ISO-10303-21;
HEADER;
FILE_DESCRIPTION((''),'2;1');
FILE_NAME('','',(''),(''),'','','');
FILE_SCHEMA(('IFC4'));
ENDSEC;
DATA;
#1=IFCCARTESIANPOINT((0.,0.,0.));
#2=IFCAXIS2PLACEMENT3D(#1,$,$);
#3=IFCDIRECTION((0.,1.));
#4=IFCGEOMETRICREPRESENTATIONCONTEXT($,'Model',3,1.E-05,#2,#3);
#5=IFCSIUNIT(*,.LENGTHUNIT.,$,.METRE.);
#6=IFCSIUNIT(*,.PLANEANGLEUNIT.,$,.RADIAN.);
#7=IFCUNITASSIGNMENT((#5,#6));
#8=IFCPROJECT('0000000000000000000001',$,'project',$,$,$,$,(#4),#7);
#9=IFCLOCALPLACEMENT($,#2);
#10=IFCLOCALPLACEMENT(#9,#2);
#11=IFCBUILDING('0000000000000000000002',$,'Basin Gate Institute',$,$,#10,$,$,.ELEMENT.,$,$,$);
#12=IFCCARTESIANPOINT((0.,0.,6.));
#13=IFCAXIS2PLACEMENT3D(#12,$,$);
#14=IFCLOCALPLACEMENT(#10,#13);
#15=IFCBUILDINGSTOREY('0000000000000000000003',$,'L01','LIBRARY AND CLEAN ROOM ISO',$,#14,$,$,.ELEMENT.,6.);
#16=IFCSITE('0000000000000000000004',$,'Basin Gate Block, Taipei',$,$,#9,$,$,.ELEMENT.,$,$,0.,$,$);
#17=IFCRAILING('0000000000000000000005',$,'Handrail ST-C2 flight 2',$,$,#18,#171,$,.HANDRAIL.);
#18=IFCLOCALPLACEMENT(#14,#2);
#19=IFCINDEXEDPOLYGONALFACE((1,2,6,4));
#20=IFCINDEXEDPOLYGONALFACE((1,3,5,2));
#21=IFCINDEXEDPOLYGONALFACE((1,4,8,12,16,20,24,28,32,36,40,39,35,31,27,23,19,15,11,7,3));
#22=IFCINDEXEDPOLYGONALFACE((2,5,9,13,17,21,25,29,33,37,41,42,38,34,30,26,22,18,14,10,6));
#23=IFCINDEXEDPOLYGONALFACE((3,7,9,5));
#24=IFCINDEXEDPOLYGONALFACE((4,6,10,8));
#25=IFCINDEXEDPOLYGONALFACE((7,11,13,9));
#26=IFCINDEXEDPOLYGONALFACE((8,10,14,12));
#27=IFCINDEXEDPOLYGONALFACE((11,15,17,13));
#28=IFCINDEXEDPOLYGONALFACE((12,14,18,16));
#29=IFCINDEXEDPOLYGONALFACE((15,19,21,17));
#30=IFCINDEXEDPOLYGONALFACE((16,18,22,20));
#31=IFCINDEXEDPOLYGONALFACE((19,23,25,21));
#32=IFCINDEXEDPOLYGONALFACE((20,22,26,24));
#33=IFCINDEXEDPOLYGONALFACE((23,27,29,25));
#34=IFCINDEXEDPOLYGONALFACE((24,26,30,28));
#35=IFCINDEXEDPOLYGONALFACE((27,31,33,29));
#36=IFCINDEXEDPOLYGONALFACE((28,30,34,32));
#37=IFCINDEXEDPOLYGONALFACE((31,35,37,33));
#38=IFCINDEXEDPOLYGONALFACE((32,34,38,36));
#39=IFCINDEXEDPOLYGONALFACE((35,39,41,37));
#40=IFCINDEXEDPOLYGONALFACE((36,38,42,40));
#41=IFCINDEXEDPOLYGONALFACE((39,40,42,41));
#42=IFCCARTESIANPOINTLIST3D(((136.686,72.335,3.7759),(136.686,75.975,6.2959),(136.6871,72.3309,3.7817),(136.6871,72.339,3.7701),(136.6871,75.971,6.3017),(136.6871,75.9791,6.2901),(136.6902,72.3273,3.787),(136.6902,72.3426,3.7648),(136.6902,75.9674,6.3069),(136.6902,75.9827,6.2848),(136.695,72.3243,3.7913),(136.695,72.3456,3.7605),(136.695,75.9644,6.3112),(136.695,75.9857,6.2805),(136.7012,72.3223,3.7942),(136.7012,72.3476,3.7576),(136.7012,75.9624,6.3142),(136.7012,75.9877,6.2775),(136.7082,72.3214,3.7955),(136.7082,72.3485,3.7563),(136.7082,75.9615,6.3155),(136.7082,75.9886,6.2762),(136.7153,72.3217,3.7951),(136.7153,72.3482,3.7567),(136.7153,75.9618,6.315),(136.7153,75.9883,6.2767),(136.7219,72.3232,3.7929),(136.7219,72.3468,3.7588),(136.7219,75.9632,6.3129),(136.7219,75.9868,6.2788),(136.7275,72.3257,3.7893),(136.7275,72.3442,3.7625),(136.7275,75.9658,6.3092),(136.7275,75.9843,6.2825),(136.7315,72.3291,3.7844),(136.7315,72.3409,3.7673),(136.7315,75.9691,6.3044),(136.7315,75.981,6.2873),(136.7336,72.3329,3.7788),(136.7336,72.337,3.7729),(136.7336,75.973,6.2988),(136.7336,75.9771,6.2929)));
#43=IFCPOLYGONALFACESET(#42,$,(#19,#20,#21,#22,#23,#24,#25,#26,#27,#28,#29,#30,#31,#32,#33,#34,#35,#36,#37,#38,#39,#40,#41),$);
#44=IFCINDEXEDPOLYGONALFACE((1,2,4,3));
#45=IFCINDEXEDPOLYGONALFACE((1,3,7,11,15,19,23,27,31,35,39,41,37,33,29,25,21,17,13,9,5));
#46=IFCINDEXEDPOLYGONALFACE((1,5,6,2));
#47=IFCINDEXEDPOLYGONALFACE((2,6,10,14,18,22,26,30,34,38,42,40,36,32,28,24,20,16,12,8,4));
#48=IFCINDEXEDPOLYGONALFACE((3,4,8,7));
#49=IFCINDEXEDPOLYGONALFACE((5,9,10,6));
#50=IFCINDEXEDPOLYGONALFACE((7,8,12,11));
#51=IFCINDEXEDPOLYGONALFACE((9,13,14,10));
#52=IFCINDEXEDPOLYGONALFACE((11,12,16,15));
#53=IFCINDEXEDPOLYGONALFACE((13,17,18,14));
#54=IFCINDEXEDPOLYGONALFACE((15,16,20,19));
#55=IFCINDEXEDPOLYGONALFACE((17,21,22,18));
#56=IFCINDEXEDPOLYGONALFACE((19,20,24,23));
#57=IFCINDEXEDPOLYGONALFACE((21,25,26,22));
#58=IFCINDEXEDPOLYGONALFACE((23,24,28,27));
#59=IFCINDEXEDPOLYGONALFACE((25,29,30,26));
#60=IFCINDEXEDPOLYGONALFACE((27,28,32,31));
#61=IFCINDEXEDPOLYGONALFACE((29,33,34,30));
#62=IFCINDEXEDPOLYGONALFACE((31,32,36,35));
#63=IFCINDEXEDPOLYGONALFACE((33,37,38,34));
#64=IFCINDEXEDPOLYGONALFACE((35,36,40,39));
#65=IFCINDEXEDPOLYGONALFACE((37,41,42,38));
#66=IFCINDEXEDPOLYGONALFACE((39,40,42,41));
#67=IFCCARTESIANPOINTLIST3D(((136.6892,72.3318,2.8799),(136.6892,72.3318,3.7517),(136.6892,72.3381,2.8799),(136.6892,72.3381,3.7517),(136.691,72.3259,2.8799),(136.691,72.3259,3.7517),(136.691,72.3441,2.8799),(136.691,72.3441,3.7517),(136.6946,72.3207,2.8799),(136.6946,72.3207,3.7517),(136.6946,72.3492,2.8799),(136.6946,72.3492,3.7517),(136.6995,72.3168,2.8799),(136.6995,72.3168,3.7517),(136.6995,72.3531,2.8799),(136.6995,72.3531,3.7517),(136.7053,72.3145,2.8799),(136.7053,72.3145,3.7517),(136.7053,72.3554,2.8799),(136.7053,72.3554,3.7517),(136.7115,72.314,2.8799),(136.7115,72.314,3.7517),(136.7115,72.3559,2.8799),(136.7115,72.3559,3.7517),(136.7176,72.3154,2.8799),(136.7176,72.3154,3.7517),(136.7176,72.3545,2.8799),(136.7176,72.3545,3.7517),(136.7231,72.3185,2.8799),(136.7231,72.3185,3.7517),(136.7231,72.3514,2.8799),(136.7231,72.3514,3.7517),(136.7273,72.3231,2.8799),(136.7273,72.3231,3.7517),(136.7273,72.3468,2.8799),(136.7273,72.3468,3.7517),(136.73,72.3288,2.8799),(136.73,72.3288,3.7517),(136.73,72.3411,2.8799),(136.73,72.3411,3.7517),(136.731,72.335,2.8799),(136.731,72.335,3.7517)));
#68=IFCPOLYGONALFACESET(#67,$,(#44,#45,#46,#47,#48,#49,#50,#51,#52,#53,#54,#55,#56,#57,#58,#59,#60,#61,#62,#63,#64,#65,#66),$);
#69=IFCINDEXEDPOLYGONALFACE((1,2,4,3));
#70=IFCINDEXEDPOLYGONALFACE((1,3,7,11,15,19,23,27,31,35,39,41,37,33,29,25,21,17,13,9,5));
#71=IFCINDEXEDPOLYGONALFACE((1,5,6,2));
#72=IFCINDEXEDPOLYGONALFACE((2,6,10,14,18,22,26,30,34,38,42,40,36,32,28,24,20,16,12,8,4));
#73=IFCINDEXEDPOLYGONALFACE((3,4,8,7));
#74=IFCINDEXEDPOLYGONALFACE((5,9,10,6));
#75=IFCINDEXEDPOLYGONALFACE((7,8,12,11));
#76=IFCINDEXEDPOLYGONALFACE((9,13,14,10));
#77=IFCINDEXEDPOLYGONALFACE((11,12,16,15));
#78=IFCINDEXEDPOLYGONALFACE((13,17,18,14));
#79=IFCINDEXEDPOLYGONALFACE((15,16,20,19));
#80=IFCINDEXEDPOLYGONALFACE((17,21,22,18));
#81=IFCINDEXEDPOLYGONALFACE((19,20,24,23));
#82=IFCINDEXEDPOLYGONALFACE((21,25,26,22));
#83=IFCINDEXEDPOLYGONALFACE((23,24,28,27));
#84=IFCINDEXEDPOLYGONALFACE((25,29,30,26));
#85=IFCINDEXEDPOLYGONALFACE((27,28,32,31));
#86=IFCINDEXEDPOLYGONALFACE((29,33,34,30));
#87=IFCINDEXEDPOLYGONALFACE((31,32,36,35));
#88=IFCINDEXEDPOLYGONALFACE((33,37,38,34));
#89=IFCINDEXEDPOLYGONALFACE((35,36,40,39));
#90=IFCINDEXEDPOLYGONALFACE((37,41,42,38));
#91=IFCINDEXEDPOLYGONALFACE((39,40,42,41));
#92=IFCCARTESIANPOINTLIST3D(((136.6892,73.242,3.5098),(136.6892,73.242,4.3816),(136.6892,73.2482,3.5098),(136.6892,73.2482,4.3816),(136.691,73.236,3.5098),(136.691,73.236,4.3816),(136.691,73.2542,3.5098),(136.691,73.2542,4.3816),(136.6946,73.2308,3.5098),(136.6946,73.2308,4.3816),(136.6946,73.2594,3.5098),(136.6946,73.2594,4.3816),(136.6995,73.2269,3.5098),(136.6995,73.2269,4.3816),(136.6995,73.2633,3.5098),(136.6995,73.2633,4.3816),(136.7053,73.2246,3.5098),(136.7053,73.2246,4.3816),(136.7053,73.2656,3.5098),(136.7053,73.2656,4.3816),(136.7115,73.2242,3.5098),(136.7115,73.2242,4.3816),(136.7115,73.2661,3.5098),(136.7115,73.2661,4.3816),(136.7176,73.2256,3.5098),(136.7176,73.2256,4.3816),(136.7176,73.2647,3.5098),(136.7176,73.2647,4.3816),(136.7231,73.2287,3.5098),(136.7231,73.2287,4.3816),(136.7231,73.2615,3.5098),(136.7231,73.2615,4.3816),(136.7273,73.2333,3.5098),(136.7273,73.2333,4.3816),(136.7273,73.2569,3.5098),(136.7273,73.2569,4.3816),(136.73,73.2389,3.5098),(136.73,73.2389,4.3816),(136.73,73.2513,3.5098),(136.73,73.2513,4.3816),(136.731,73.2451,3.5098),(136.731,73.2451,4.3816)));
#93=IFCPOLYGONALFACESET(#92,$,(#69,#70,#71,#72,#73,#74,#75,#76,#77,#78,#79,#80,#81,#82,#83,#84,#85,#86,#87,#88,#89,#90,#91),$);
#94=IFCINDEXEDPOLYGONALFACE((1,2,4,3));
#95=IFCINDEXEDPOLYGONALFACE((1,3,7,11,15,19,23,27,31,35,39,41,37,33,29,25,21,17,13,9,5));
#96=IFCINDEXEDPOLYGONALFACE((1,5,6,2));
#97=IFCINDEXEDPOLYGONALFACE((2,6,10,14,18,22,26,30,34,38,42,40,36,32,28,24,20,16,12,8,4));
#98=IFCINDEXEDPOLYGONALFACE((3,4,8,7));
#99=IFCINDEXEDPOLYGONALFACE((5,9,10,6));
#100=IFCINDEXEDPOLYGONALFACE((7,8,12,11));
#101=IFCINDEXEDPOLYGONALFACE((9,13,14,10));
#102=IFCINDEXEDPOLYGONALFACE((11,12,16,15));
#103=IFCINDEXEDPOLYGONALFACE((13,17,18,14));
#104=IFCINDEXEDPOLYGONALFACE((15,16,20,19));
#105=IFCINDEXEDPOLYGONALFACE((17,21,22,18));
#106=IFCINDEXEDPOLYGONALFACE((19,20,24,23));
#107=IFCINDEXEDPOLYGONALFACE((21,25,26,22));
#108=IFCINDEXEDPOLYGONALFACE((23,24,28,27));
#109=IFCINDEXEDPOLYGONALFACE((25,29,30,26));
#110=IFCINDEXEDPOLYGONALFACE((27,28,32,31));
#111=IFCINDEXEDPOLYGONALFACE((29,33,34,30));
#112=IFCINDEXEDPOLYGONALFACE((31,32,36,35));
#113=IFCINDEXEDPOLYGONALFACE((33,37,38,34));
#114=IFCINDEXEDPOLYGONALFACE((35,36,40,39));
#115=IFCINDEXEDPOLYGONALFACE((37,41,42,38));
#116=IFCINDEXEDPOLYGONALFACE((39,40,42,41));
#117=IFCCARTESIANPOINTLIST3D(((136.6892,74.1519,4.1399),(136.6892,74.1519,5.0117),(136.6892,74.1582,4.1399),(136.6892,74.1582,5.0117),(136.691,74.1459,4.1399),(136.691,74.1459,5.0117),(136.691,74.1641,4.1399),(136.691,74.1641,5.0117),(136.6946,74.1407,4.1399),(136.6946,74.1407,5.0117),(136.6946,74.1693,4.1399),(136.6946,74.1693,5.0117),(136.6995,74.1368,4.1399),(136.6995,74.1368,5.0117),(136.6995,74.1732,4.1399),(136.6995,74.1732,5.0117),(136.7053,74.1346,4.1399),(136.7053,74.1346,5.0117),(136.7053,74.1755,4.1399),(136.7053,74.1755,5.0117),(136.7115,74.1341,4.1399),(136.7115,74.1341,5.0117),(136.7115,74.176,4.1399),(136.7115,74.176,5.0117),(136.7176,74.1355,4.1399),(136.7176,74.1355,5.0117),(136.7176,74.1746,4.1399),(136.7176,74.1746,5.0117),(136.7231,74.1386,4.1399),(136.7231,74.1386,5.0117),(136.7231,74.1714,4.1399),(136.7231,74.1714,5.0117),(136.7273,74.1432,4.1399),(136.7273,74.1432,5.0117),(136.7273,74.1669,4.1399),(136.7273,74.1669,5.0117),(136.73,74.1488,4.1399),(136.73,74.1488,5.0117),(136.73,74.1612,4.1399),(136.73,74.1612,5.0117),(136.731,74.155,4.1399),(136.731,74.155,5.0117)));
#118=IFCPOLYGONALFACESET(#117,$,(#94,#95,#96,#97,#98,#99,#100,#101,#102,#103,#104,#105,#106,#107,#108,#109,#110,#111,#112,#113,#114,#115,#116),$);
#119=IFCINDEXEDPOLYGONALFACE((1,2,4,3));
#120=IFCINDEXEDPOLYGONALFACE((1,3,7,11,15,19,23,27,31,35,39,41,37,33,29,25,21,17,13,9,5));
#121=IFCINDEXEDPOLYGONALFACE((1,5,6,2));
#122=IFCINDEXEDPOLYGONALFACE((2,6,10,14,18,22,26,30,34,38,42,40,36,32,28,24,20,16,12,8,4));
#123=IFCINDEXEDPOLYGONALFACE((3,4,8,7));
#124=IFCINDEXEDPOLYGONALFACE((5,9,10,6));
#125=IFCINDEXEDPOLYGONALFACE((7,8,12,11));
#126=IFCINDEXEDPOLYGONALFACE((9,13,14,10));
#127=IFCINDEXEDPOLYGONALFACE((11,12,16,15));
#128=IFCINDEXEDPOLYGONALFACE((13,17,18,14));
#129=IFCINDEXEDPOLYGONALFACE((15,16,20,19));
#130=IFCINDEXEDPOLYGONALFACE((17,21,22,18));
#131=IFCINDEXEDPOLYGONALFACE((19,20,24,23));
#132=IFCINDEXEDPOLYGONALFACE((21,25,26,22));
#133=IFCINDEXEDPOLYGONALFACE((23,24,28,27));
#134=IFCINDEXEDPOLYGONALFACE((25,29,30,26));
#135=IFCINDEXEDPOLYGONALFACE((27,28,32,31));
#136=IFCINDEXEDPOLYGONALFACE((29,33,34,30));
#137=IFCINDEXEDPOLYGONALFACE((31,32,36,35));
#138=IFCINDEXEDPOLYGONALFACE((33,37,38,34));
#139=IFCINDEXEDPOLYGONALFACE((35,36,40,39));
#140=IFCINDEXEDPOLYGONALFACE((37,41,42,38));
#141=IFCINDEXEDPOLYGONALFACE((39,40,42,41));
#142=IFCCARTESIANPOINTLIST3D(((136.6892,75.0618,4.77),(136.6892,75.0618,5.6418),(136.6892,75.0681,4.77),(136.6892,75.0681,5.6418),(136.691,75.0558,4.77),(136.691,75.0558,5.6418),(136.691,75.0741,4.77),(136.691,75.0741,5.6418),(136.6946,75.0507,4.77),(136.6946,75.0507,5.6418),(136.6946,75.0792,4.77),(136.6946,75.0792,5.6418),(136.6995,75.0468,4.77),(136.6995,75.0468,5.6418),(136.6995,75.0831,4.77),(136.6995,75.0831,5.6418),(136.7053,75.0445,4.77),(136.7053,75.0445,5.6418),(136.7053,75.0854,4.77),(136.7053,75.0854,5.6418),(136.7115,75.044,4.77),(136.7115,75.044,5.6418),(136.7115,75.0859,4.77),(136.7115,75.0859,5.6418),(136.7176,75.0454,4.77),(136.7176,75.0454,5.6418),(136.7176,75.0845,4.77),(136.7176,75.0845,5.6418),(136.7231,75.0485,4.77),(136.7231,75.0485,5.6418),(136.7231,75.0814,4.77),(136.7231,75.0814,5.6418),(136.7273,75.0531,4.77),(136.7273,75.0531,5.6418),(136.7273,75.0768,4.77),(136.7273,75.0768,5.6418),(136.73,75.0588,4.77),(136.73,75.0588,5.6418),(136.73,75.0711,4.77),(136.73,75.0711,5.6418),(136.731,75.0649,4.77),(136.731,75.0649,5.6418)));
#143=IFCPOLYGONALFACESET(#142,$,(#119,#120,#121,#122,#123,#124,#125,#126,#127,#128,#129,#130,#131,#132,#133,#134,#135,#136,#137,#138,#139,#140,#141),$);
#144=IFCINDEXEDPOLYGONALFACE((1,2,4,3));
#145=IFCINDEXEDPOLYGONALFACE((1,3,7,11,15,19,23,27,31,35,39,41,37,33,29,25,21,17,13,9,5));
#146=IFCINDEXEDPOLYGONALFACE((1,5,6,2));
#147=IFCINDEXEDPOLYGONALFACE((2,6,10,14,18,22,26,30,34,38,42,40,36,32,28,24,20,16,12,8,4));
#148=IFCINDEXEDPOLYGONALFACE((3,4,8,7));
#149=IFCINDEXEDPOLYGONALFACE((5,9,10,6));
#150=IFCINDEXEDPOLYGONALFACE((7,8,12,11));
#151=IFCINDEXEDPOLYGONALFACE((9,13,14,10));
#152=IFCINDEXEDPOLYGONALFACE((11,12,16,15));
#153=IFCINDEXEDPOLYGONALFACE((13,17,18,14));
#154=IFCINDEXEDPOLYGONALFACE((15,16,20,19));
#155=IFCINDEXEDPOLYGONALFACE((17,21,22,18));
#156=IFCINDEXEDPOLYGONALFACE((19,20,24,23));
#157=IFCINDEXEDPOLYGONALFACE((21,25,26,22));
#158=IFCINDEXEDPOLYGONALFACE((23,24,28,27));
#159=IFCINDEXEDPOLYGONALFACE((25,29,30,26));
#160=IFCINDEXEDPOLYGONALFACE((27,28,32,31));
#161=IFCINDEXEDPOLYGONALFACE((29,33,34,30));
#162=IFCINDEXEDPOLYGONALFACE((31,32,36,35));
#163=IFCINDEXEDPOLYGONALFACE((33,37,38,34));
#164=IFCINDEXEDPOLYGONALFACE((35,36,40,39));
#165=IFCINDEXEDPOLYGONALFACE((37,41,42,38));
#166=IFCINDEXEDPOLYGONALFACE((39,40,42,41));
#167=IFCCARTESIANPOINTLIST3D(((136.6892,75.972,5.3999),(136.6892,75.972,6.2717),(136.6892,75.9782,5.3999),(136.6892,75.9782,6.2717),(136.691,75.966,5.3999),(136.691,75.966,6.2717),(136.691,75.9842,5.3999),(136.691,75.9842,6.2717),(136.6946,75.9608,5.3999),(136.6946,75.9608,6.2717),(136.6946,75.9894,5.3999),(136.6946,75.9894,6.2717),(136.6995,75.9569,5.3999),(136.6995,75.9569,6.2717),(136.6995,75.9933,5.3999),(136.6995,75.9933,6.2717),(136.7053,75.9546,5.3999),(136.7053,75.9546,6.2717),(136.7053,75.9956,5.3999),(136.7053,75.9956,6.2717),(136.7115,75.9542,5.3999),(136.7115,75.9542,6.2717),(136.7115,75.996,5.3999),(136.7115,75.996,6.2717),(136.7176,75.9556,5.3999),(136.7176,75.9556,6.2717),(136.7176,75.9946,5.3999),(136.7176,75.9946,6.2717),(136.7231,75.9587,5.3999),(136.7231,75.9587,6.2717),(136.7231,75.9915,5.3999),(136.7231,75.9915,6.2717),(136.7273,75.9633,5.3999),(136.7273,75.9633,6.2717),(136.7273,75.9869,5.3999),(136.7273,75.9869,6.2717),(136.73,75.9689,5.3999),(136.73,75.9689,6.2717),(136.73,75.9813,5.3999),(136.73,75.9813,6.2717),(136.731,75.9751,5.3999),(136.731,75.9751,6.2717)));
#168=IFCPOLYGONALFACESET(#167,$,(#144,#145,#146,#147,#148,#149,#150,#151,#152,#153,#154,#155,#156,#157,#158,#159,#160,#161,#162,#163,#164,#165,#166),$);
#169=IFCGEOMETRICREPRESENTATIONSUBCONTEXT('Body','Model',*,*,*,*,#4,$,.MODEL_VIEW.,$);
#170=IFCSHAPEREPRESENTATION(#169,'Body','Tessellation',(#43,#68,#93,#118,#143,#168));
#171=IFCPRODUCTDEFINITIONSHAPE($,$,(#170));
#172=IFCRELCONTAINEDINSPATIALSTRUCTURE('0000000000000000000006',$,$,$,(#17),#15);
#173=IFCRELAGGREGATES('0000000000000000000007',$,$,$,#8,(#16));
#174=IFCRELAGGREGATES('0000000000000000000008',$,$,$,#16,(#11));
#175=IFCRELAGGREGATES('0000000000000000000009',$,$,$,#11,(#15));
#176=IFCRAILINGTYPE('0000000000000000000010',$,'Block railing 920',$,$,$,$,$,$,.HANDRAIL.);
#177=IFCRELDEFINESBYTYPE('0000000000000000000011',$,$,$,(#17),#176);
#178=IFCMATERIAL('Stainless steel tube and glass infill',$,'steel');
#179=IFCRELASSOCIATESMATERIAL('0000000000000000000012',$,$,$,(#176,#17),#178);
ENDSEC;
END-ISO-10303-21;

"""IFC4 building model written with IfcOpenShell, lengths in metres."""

from ifc_helpers import new_model, si_unit, direction, frame, origin, origin_2d, place, context, subcontext, project, spatial, circle, extrude, material, type_object, element, save


model = new_model("IFC4")

# Units and contexts
model_context = context("Model", 3, precision=1e-05, world=origin(), true_north=direction((0.0, 1.0)))
body_context = subcontext(model_context, "Body", "Model", "MODEL_VIEW")
ifc_project = project(units=[si_unit("LENGTHUNIT", "METRE"), si_unit("PLANEANGLEUNIT", "RADIAN")], contexts=[model_context])

# Site, building, storey
site_placement = place(None, origin())
site = spatial("IfcSite", under=ifc_project, at=site_placement, Name="Basin Gate Block, Taipei", CompositionType="ELEMENT", RefElevation=0.0)
building_placement = place(site_placement, origin())
building = spatial("IfcBuilding", under=site, at=building_placement, Name="Basin Gate Institute", CompositionType="ELEMENT")
storey_placement = place(building_placement, frame((0.0, 0.0, 6.0)))
storey = spatial("IfcBuildingStorey", under=building, at=storey_placement, Name="L01", Description="LIBRARY AND CLEAN ROOM ISO", CompositionType="ELEMENT", Elevation=6.0)

# Railing
ifc_material_1 = material(Name="Stainless steel tube and glass infill", Category="steel")
railing_type_1 = type_object("IfcRailingType", Name="Block railing 920", PredefinedType="HANDRAIL", material=ifc_material_1)
for number, where, name in (
    (1, (136.71, 72.335, 2.8799), "Handrail ST-C2 flight 2"),
):
    element("IfcRailing", number, at=place(storey_placement, frame(where)), inside=storey, type_object=railing_type_1, material=ifc_material_1, Name=name, PredefinedType="HANDRAIL", context=body_context, shape_type="SweptSolid", body=[
        extrude(circle(Radius=0.0239, at=origin_2d()), frame((0.0, 0.0, 0.896), z_axis=(0.0, 0.8222, 0.569199), x_axis=(-1.0, 0.0, 0.0)), (0.0, 0.0, 1.0), 4.4272),
        extrude(circle(Radius=0.021, at=origin_2d()), origin(), (0.0, 0.0, 1.0), 0.8718),
        extrude(circle(Radius=0.021, at=origin_2d()), frame((0.0, 0.9102, 0.6299)), (0.0, 0.0, 1.0), 0.8718),
        extrude(circle(Radius=0.021, at=origin_2d()), frame((0.0, 1.8201, 1.26)), (0.0, 0.0, 1.0), 0.8718),
        extrude(circle(Radius=0.021, at=origin_2d()), frame((0.0, 2.73, 1.8901)), (0.0, 0.0, 1.0), 0.8718),
        extrude(circle(Radius=0.021, at=origin_2d()), frame((0.0, 3.6401, 2.52)), (0.0, 0.0, 1.0), 0.8718),
    ])

save(model, "model.ifc")
